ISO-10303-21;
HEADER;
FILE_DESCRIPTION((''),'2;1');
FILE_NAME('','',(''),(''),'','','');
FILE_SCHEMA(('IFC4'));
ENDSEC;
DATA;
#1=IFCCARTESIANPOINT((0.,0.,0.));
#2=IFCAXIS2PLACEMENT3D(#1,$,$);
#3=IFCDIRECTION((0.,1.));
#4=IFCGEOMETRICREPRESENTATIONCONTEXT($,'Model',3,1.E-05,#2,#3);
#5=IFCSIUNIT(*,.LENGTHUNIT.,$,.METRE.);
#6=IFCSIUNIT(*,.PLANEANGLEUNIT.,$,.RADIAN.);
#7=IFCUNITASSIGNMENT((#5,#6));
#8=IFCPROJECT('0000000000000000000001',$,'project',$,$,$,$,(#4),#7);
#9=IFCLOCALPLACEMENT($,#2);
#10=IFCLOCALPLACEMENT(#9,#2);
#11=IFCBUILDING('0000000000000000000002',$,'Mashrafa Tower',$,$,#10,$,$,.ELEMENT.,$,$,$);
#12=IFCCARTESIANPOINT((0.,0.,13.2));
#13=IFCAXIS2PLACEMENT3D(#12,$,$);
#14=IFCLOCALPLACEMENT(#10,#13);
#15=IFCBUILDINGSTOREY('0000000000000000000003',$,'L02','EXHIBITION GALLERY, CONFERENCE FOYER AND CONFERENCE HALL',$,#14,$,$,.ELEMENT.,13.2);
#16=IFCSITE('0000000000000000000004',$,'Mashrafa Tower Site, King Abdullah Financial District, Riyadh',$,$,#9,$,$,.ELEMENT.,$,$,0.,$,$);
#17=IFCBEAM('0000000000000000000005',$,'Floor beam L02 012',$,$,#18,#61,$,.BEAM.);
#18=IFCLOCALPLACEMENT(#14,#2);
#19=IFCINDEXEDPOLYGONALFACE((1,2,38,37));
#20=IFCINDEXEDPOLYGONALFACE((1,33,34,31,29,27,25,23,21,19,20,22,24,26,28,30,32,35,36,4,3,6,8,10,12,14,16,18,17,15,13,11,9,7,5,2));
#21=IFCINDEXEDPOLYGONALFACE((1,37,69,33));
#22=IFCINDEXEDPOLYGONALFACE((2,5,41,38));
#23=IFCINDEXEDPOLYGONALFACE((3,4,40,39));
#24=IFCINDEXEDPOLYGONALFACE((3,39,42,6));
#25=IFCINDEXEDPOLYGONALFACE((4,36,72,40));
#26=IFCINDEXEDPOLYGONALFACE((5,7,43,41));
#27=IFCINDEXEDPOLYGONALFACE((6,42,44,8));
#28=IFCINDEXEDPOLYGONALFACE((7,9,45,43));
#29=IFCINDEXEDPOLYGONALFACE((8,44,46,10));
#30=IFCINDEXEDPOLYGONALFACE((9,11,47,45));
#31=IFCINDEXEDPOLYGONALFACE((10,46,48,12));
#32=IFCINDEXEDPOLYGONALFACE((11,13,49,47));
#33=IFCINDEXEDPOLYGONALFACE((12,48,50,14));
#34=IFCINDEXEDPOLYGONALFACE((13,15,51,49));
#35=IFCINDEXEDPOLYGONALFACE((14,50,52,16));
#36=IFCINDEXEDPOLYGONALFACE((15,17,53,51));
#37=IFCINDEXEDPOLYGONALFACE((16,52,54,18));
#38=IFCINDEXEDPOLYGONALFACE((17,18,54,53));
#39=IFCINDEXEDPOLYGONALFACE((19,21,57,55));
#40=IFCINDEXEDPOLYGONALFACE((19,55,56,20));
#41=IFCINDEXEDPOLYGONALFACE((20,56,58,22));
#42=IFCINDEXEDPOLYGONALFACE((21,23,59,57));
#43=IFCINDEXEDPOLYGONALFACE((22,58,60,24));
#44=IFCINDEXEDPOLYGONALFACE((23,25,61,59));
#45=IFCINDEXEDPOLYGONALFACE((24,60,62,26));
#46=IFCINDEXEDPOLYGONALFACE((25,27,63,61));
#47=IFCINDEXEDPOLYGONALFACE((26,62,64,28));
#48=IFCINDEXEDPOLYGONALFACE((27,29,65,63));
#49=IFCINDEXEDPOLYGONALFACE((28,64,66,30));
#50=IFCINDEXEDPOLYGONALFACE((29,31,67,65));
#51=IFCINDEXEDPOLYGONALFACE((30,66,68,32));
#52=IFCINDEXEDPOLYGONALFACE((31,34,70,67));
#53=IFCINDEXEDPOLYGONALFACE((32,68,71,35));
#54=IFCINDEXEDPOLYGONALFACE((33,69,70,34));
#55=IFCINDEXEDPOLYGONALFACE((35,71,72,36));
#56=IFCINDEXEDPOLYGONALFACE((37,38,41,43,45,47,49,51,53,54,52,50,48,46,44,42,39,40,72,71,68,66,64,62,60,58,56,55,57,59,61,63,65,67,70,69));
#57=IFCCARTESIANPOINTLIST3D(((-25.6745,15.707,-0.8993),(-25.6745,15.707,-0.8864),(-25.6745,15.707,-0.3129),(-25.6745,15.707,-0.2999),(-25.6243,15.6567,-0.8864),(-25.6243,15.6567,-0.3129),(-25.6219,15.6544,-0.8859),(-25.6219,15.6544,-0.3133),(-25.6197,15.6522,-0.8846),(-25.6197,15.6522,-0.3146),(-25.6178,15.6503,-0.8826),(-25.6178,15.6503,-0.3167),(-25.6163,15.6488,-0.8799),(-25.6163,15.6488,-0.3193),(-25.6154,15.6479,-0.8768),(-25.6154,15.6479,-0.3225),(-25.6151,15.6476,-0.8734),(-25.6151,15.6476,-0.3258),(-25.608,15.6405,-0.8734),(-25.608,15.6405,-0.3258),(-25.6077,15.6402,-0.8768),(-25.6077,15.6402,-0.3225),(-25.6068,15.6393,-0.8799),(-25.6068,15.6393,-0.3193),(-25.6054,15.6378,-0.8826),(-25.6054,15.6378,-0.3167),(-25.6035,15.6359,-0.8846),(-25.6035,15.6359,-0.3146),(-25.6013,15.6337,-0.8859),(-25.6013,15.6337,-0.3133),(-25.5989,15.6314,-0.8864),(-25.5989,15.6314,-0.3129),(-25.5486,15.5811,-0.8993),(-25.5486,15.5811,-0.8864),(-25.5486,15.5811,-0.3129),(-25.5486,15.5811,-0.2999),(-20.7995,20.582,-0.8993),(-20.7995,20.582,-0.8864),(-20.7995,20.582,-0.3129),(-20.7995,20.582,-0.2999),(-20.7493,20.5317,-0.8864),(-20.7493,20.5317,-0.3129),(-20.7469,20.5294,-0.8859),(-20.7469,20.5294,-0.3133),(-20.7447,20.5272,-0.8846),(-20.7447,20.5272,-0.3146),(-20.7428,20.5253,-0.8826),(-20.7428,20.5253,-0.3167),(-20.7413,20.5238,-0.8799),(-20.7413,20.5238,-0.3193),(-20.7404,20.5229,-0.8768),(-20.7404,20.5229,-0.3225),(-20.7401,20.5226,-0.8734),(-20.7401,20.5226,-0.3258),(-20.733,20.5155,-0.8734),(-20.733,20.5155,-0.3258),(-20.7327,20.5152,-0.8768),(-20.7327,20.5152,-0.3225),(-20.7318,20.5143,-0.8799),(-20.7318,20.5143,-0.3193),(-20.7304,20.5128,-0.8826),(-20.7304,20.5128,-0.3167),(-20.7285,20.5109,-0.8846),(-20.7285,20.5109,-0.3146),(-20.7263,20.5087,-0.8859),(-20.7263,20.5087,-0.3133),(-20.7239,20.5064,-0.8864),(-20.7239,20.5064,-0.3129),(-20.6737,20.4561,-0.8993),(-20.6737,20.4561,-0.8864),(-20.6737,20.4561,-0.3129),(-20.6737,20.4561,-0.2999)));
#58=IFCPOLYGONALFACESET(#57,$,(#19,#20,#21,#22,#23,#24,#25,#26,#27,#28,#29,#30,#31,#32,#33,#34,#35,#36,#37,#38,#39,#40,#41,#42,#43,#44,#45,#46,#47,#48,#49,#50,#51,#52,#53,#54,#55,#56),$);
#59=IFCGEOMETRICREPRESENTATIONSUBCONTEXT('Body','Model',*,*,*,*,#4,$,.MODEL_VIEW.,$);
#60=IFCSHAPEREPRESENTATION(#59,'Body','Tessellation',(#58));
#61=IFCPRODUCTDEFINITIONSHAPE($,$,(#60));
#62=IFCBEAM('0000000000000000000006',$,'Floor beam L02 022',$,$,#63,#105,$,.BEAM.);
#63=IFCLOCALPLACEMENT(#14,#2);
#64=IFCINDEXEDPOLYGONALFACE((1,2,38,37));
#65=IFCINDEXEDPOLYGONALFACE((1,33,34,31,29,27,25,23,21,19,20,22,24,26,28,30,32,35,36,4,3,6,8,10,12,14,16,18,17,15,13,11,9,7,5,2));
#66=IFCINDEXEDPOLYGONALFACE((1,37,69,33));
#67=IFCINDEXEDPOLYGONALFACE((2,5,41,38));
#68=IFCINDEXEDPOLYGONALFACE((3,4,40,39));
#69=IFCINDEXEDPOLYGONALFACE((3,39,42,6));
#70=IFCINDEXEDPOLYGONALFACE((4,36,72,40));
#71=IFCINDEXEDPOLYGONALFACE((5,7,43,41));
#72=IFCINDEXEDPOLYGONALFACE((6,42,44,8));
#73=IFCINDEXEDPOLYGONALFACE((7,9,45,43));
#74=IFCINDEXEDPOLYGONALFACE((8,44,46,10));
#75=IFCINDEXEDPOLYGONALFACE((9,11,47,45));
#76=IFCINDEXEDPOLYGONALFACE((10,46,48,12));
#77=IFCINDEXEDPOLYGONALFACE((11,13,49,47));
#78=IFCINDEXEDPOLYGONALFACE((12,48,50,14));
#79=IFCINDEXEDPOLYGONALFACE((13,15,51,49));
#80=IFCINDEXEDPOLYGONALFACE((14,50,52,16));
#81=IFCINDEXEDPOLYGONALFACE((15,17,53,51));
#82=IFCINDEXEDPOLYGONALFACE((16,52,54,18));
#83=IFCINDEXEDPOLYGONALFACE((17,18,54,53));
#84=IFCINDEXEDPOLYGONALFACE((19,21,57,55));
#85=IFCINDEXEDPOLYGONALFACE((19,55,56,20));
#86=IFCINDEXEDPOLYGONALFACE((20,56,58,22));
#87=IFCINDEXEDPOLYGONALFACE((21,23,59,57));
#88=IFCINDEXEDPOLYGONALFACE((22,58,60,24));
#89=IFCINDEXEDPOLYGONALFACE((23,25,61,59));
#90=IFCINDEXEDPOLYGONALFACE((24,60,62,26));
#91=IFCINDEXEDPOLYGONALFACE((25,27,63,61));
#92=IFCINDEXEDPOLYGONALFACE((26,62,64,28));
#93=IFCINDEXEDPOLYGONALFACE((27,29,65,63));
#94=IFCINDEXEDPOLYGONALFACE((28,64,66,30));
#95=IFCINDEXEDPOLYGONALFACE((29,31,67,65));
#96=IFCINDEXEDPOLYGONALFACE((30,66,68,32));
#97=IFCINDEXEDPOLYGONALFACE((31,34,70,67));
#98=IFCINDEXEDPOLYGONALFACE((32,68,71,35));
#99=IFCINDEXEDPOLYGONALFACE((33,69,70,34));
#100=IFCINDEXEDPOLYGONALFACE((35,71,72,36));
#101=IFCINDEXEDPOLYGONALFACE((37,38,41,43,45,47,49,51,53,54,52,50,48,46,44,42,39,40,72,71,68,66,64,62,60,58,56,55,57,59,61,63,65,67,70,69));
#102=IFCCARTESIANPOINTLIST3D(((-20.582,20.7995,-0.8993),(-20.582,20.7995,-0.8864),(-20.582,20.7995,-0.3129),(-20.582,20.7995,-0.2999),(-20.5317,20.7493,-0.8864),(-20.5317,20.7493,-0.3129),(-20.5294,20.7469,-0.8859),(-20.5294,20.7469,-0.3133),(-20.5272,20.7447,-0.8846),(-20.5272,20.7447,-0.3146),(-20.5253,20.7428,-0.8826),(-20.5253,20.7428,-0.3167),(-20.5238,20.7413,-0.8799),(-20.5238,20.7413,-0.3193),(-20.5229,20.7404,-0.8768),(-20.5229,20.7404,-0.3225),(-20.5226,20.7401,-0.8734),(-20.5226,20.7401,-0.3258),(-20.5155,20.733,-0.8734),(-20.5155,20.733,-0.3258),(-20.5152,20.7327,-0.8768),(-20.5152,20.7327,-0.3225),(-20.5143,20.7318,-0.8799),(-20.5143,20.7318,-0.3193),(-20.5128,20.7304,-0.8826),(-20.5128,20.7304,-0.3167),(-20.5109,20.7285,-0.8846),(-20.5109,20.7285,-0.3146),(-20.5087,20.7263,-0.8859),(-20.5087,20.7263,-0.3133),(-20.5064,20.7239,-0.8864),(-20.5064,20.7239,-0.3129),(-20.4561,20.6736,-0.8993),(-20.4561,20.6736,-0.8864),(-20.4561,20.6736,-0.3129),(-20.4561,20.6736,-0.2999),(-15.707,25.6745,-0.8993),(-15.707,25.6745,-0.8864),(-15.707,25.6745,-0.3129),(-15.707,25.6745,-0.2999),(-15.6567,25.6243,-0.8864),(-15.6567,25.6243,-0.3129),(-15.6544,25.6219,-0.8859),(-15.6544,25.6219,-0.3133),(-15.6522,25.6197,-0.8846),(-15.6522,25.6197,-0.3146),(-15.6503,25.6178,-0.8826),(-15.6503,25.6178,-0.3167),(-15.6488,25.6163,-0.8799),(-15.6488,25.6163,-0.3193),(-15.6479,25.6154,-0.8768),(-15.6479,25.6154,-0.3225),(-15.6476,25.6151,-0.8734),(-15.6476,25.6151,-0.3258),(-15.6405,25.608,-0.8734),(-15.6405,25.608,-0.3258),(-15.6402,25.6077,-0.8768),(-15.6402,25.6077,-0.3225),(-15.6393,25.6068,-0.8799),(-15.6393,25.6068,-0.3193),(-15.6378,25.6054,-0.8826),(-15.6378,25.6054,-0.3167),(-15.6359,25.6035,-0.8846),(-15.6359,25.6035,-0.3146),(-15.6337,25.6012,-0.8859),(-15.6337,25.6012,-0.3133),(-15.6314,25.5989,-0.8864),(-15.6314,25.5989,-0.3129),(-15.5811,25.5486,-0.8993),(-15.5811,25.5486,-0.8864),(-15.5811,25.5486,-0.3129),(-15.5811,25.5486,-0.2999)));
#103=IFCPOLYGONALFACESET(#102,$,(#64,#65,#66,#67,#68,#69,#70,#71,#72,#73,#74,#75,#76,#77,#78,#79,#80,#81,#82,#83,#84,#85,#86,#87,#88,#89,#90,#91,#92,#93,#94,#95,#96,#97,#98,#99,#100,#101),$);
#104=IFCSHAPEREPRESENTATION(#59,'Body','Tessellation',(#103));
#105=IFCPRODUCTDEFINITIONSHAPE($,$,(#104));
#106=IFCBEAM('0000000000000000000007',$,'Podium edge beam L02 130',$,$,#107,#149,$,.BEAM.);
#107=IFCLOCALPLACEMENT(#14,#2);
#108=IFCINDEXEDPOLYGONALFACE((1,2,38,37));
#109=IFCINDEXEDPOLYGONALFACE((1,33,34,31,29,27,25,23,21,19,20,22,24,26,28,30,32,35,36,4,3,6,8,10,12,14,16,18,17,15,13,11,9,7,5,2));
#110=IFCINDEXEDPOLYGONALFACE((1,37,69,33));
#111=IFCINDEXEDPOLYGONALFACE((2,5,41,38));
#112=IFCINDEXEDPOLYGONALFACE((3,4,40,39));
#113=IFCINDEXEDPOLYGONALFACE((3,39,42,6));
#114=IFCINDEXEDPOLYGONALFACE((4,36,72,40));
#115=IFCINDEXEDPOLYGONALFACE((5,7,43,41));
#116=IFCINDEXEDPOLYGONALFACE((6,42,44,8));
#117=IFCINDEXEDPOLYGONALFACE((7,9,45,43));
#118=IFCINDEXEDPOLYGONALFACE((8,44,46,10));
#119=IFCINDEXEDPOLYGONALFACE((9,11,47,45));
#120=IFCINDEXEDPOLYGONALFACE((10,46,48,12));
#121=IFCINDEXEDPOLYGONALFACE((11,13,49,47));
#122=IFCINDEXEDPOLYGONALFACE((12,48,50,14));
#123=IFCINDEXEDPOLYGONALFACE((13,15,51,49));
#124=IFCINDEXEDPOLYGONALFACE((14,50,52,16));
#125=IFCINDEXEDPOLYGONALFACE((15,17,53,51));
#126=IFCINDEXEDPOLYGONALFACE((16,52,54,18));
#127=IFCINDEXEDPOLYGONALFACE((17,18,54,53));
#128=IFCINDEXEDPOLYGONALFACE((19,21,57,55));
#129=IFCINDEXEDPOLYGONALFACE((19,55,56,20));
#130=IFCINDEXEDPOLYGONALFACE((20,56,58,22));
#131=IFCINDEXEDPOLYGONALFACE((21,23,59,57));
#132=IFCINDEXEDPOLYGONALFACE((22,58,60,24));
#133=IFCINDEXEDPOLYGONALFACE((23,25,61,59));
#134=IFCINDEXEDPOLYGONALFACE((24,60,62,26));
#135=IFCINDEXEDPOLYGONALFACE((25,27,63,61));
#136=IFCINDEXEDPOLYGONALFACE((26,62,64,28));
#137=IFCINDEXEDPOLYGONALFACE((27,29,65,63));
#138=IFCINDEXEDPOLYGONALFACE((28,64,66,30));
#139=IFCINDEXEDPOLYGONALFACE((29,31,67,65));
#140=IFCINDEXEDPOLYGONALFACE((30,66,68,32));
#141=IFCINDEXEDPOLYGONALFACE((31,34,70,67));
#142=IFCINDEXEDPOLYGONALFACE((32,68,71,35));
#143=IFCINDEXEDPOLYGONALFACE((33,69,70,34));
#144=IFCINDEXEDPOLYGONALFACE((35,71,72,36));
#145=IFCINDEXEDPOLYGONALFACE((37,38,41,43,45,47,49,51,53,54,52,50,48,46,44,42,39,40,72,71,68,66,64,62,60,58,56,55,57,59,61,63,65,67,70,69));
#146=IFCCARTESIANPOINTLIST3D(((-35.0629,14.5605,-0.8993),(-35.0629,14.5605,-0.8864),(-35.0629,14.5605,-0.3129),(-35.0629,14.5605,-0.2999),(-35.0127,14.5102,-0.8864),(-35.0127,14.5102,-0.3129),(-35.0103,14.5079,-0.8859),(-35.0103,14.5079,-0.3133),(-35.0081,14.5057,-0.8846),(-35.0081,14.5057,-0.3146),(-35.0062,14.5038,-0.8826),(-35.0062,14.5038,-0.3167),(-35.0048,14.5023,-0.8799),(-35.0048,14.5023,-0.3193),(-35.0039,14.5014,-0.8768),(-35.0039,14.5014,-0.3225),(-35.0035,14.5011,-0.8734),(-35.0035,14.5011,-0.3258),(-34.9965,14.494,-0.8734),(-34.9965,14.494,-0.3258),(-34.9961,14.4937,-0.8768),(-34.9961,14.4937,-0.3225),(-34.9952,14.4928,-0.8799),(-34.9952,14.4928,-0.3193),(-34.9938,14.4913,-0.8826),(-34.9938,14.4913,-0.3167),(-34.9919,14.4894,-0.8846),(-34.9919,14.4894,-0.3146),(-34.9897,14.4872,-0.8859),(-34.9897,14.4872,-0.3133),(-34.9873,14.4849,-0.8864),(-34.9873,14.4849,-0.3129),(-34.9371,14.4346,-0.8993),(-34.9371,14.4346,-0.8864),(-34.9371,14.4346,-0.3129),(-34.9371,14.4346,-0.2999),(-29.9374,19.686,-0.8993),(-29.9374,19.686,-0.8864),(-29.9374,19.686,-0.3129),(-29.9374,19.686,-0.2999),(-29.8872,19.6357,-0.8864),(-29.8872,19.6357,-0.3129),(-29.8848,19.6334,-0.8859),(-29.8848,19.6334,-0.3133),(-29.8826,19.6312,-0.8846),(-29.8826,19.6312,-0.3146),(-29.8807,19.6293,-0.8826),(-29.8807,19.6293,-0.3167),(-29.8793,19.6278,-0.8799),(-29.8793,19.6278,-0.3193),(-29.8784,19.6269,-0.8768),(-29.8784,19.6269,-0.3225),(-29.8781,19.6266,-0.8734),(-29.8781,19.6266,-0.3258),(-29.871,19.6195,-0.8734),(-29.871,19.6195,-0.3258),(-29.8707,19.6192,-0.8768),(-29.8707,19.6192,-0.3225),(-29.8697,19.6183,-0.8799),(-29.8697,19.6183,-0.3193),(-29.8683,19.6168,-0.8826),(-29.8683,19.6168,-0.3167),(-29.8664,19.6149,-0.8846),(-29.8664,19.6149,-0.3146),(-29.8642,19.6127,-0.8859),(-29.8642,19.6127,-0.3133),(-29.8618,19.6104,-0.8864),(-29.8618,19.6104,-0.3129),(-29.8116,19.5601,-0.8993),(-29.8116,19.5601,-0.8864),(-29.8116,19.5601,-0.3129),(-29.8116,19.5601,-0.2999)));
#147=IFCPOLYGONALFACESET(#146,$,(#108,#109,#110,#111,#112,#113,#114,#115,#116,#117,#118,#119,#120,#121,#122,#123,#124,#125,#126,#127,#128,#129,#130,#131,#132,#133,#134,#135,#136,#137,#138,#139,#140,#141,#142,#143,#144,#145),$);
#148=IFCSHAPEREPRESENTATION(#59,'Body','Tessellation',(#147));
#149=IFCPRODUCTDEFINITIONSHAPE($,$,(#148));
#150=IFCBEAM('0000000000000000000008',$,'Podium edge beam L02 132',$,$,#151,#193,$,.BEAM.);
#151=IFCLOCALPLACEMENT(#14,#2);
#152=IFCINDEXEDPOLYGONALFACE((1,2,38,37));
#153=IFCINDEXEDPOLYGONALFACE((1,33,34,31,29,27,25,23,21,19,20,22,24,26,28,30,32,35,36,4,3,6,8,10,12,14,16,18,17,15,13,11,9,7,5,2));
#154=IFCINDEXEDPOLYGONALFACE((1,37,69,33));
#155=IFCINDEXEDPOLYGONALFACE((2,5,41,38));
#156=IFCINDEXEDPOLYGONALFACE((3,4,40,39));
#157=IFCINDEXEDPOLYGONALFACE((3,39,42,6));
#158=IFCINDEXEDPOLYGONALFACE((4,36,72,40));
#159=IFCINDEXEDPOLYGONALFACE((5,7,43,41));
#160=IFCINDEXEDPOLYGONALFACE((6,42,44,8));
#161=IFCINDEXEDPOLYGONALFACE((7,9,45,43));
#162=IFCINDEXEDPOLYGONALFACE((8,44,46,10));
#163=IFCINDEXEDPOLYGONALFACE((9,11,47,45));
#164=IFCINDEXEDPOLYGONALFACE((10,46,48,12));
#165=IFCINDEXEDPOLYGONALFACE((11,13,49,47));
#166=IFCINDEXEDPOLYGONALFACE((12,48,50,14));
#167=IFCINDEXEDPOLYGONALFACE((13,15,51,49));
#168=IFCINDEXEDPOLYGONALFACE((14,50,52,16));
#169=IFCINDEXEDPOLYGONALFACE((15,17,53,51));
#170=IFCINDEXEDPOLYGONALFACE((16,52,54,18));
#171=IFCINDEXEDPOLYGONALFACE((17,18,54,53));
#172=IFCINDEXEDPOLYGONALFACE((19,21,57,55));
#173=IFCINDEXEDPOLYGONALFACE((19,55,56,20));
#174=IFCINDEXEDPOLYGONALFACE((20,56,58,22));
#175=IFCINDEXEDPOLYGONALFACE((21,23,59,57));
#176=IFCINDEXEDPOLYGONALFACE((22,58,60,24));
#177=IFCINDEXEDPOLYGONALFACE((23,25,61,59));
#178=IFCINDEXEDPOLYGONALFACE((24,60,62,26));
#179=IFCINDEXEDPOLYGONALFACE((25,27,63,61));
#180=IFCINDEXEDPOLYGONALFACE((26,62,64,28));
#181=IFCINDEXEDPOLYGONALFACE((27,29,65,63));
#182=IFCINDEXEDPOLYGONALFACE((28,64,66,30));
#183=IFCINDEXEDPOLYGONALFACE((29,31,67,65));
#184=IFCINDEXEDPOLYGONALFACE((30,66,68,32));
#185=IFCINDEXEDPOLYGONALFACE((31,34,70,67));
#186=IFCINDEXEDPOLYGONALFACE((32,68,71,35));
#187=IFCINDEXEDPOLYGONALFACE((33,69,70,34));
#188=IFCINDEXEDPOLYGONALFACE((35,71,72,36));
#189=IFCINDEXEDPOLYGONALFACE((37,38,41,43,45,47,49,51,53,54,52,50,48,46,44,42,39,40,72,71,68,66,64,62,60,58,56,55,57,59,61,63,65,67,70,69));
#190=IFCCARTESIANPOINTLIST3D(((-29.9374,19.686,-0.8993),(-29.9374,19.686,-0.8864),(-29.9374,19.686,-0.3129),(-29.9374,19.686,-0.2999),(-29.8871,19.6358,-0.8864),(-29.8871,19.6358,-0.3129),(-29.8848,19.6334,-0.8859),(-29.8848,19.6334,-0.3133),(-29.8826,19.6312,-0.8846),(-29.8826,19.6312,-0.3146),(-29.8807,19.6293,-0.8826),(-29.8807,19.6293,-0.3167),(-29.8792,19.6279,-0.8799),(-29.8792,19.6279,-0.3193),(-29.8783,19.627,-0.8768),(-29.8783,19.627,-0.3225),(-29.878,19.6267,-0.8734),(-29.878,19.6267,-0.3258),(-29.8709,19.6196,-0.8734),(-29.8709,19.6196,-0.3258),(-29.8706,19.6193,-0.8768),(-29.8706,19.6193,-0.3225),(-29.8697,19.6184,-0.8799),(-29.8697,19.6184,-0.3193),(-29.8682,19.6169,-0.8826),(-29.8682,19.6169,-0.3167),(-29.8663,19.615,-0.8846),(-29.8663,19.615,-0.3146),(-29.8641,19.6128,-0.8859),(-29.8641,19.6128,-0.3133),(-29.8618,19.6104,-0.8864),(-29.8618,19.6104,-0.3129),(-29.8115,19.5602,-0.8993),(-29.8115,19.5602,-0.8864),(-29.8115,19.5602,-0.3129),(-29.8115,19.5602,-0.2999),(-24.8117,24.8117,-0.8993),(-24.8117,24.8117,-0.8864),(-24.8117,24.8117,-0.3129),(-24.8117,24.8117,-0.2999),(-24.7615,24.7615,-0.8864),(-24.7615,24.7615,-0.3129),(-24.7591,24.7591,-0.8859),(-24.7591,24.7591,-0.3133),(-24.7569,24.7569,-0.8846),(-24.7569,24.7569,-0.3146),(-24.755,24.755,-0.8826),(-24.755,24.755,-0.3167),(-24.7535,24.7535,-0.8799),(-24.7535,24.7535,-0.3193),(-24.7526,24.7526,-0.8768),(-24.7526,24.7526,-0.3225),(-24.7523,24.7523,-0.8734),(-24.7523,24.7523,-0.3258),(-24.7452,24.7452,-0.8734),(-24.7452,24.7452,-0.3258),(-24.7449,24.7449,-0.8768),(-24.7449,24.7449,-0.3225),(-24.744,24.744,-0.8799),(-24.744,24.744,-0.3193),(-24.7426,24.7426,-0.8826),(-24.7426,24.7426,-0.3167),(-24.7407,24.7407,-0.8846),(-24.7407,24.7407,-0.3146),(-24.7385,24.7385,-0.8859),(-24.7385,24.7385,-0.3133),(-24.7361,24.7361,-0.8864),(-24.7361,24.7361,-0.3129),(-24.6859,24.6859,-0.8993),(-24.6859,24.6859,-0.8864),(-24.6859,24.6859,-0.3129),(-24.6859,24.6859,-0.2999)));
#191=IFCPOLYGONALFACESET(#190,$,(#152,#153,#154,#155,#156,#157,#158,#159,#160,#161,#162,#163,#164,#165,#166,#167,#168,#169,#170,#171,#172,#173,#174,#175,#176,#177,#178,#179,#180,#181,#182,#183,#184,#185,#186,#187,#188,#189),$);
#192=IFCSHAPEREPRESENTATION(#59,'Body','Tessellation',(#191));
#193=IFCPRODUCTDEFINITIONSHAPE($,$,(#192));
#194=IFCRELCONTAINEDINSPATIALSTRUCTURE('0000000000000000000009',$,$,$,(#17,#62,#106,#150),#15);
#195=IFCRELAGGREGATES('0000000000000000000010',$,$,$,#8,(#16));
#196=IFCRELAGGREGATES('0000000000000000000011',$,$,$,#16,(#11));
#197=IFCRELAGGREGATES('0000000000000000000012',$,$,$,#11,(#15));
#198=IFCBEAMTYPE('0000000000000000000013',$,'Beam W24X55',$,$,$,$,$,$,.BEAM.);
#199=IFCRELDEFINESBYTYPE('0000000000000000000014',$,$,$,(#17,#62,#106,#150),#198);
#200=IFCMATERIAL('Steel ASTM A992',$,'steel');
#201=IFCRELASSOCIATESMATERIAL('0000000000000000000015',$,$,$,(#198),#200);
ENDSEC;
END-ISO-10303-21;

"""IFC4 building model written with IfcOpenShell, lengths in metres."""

from ifc_helpers import new_model, si_unit, direction, frame, origin, origin_2d, place, context, subcontext, project, spatial, i_section, extrude, material, material_profile, profile_set, type_object, element, save


model = new_model("IFC4")

# Units and contexts
model_context = context("Model", 3, precision=1e-05, world=origin(), true_north=direction((0.0, 1.0)))
body_context = subcontext(model_context, "Body", "Model", "MODEL_VIEW")
ifc_project = project(units=[si_unit("LENGTHUNIT", "METRE"), si_unit("PLANEANGLEUNIT", "RADIAN")], contexts=[model_context])

# Site, building, storey
site_placement = place(None, origin())
site = spatial("IfcSite", under=ifc_project, at=site_placement, Name="Mashrafa Tower Site, King Abdullah Financial District, Riyadh", CompositionType="ELEMENT", RefElevation=0.0)
building_placement = place(site_placement, origin())
building = spatial("IfcBuilding", under=site, at=building_placement, Name="Mashrafa Tower", CompositionType="ELEMENT")
storey_placement = place(building_placement, frame((0.0, 0.0, 13.2)))
storey = spatial("IfcBuildingStorey", under=building, at=storey_placement, Name="L02", Description="EXHIBITION GALLERY, CONFERENCE FOYER AND CONFERENCE HALL", CompositionType="ELEMENT", Elevation=13.2)

# Beams
ifc_material_1 = material(Name="Steel ASTM A992", Category="steel")
ifc_material_profile_1 = material_profile(ifc_material_1, i_section(OverallWidth=0.178, OverallDepth=0.5994, WebThickness=0.01, FlangeThickness=0.0129, FilletRadius=0.0129, at=origin_2d()), Name="W24X55")
ifc_profile_set_1 = profile_set([ifc_material_profile_1], Name="Steel ASTM A992")
beam_type_1 = type_object("IfcBeamType", Name="Beam W24X55", PredefinedType="BEAM", material=ifc_profile_set_1)
for number, where, z_axis, x_axis, name in (
    (1, (-25.6116, 15.644, -0.5996), (0.707107, 0.707107, 0.0), (-0.707107, 0.707107, 0.0), "Floor beam L02 012"),
    (2, (-20.519, 20.7366, -0.5996), (0.707107, 0.707107, 0.0), (-0.707107, 0.707107, 0.0), "Floor beam L02 022"),
):
    element("IfcBeam", number, at=place(storey_placement, frame(where, z_axis=z_axis, x_axis=x_axis)), inside=storey, type_object=beam_type_1, Name=name, PredefinedType="BEAM", context=body_context, shape_type="SweptSolid", body=[
        extrude(i_section(OverallWidth=0.178, OverallDepth=0.5994, WebThickness=0.01, FlangeThickness=0.0129, FilletRadius=0.0129, at=origin_2d()), origin(), (0.0, 0.0, 1.0), 6.8943),
    ])
beam_1_placement = place(storey_placement, frame((-29.8745, 19.623, -0.5996), z_axis=(-0.707107, -0.707107, 0.0), x_axis=(0.707107, -0.707107, 0.0)))
element("IfcBeam", 3, at=beam_1_placement, inside=storey, type_object=beam_type_1, Name="Podium edge beam L02 130", PredefinedType="BEAM", context=body_context, shape_type="SweptSolid", body=[
    extrude(i_section(OverallWidth=0.178, OverallDepth=0.5994, WebThickness=0.01, FlangeThickness=0.0129, FilletRadius=0.0129, at=origin_2d()), origin(), (0.0, 0.0, 1.0), 7.2485),
])
for number, where, z_axis, x_axis, name in (
    (4, (-24.7488, 24.7488, -0.5996), (-0.707107, -0.707107, 0.0), (0.707107, -0.707107, 0.0), "Podium edge beam L02 132"),
):
    element("IfcBeam", number, at=place(storey_placement, frame(where, z_axis=z_axis, x_axis=x_axis)), inside=storey, type_object=beam_type_1, Name=name, PredefinedType="BEAM", context=body_context, shape_type="SweptSolid", body=[
        extrude(i_section(OverallWidth=0.178, OverallDepth=0.5994, WebThickness=0.01, FlangeThickness=0.0129, FilletRadius=0.0129, at=origin_2d()), origin(), (0.0, 0.0, 1.0), 7.2488),
    ])

save(model, "model.ifc")
